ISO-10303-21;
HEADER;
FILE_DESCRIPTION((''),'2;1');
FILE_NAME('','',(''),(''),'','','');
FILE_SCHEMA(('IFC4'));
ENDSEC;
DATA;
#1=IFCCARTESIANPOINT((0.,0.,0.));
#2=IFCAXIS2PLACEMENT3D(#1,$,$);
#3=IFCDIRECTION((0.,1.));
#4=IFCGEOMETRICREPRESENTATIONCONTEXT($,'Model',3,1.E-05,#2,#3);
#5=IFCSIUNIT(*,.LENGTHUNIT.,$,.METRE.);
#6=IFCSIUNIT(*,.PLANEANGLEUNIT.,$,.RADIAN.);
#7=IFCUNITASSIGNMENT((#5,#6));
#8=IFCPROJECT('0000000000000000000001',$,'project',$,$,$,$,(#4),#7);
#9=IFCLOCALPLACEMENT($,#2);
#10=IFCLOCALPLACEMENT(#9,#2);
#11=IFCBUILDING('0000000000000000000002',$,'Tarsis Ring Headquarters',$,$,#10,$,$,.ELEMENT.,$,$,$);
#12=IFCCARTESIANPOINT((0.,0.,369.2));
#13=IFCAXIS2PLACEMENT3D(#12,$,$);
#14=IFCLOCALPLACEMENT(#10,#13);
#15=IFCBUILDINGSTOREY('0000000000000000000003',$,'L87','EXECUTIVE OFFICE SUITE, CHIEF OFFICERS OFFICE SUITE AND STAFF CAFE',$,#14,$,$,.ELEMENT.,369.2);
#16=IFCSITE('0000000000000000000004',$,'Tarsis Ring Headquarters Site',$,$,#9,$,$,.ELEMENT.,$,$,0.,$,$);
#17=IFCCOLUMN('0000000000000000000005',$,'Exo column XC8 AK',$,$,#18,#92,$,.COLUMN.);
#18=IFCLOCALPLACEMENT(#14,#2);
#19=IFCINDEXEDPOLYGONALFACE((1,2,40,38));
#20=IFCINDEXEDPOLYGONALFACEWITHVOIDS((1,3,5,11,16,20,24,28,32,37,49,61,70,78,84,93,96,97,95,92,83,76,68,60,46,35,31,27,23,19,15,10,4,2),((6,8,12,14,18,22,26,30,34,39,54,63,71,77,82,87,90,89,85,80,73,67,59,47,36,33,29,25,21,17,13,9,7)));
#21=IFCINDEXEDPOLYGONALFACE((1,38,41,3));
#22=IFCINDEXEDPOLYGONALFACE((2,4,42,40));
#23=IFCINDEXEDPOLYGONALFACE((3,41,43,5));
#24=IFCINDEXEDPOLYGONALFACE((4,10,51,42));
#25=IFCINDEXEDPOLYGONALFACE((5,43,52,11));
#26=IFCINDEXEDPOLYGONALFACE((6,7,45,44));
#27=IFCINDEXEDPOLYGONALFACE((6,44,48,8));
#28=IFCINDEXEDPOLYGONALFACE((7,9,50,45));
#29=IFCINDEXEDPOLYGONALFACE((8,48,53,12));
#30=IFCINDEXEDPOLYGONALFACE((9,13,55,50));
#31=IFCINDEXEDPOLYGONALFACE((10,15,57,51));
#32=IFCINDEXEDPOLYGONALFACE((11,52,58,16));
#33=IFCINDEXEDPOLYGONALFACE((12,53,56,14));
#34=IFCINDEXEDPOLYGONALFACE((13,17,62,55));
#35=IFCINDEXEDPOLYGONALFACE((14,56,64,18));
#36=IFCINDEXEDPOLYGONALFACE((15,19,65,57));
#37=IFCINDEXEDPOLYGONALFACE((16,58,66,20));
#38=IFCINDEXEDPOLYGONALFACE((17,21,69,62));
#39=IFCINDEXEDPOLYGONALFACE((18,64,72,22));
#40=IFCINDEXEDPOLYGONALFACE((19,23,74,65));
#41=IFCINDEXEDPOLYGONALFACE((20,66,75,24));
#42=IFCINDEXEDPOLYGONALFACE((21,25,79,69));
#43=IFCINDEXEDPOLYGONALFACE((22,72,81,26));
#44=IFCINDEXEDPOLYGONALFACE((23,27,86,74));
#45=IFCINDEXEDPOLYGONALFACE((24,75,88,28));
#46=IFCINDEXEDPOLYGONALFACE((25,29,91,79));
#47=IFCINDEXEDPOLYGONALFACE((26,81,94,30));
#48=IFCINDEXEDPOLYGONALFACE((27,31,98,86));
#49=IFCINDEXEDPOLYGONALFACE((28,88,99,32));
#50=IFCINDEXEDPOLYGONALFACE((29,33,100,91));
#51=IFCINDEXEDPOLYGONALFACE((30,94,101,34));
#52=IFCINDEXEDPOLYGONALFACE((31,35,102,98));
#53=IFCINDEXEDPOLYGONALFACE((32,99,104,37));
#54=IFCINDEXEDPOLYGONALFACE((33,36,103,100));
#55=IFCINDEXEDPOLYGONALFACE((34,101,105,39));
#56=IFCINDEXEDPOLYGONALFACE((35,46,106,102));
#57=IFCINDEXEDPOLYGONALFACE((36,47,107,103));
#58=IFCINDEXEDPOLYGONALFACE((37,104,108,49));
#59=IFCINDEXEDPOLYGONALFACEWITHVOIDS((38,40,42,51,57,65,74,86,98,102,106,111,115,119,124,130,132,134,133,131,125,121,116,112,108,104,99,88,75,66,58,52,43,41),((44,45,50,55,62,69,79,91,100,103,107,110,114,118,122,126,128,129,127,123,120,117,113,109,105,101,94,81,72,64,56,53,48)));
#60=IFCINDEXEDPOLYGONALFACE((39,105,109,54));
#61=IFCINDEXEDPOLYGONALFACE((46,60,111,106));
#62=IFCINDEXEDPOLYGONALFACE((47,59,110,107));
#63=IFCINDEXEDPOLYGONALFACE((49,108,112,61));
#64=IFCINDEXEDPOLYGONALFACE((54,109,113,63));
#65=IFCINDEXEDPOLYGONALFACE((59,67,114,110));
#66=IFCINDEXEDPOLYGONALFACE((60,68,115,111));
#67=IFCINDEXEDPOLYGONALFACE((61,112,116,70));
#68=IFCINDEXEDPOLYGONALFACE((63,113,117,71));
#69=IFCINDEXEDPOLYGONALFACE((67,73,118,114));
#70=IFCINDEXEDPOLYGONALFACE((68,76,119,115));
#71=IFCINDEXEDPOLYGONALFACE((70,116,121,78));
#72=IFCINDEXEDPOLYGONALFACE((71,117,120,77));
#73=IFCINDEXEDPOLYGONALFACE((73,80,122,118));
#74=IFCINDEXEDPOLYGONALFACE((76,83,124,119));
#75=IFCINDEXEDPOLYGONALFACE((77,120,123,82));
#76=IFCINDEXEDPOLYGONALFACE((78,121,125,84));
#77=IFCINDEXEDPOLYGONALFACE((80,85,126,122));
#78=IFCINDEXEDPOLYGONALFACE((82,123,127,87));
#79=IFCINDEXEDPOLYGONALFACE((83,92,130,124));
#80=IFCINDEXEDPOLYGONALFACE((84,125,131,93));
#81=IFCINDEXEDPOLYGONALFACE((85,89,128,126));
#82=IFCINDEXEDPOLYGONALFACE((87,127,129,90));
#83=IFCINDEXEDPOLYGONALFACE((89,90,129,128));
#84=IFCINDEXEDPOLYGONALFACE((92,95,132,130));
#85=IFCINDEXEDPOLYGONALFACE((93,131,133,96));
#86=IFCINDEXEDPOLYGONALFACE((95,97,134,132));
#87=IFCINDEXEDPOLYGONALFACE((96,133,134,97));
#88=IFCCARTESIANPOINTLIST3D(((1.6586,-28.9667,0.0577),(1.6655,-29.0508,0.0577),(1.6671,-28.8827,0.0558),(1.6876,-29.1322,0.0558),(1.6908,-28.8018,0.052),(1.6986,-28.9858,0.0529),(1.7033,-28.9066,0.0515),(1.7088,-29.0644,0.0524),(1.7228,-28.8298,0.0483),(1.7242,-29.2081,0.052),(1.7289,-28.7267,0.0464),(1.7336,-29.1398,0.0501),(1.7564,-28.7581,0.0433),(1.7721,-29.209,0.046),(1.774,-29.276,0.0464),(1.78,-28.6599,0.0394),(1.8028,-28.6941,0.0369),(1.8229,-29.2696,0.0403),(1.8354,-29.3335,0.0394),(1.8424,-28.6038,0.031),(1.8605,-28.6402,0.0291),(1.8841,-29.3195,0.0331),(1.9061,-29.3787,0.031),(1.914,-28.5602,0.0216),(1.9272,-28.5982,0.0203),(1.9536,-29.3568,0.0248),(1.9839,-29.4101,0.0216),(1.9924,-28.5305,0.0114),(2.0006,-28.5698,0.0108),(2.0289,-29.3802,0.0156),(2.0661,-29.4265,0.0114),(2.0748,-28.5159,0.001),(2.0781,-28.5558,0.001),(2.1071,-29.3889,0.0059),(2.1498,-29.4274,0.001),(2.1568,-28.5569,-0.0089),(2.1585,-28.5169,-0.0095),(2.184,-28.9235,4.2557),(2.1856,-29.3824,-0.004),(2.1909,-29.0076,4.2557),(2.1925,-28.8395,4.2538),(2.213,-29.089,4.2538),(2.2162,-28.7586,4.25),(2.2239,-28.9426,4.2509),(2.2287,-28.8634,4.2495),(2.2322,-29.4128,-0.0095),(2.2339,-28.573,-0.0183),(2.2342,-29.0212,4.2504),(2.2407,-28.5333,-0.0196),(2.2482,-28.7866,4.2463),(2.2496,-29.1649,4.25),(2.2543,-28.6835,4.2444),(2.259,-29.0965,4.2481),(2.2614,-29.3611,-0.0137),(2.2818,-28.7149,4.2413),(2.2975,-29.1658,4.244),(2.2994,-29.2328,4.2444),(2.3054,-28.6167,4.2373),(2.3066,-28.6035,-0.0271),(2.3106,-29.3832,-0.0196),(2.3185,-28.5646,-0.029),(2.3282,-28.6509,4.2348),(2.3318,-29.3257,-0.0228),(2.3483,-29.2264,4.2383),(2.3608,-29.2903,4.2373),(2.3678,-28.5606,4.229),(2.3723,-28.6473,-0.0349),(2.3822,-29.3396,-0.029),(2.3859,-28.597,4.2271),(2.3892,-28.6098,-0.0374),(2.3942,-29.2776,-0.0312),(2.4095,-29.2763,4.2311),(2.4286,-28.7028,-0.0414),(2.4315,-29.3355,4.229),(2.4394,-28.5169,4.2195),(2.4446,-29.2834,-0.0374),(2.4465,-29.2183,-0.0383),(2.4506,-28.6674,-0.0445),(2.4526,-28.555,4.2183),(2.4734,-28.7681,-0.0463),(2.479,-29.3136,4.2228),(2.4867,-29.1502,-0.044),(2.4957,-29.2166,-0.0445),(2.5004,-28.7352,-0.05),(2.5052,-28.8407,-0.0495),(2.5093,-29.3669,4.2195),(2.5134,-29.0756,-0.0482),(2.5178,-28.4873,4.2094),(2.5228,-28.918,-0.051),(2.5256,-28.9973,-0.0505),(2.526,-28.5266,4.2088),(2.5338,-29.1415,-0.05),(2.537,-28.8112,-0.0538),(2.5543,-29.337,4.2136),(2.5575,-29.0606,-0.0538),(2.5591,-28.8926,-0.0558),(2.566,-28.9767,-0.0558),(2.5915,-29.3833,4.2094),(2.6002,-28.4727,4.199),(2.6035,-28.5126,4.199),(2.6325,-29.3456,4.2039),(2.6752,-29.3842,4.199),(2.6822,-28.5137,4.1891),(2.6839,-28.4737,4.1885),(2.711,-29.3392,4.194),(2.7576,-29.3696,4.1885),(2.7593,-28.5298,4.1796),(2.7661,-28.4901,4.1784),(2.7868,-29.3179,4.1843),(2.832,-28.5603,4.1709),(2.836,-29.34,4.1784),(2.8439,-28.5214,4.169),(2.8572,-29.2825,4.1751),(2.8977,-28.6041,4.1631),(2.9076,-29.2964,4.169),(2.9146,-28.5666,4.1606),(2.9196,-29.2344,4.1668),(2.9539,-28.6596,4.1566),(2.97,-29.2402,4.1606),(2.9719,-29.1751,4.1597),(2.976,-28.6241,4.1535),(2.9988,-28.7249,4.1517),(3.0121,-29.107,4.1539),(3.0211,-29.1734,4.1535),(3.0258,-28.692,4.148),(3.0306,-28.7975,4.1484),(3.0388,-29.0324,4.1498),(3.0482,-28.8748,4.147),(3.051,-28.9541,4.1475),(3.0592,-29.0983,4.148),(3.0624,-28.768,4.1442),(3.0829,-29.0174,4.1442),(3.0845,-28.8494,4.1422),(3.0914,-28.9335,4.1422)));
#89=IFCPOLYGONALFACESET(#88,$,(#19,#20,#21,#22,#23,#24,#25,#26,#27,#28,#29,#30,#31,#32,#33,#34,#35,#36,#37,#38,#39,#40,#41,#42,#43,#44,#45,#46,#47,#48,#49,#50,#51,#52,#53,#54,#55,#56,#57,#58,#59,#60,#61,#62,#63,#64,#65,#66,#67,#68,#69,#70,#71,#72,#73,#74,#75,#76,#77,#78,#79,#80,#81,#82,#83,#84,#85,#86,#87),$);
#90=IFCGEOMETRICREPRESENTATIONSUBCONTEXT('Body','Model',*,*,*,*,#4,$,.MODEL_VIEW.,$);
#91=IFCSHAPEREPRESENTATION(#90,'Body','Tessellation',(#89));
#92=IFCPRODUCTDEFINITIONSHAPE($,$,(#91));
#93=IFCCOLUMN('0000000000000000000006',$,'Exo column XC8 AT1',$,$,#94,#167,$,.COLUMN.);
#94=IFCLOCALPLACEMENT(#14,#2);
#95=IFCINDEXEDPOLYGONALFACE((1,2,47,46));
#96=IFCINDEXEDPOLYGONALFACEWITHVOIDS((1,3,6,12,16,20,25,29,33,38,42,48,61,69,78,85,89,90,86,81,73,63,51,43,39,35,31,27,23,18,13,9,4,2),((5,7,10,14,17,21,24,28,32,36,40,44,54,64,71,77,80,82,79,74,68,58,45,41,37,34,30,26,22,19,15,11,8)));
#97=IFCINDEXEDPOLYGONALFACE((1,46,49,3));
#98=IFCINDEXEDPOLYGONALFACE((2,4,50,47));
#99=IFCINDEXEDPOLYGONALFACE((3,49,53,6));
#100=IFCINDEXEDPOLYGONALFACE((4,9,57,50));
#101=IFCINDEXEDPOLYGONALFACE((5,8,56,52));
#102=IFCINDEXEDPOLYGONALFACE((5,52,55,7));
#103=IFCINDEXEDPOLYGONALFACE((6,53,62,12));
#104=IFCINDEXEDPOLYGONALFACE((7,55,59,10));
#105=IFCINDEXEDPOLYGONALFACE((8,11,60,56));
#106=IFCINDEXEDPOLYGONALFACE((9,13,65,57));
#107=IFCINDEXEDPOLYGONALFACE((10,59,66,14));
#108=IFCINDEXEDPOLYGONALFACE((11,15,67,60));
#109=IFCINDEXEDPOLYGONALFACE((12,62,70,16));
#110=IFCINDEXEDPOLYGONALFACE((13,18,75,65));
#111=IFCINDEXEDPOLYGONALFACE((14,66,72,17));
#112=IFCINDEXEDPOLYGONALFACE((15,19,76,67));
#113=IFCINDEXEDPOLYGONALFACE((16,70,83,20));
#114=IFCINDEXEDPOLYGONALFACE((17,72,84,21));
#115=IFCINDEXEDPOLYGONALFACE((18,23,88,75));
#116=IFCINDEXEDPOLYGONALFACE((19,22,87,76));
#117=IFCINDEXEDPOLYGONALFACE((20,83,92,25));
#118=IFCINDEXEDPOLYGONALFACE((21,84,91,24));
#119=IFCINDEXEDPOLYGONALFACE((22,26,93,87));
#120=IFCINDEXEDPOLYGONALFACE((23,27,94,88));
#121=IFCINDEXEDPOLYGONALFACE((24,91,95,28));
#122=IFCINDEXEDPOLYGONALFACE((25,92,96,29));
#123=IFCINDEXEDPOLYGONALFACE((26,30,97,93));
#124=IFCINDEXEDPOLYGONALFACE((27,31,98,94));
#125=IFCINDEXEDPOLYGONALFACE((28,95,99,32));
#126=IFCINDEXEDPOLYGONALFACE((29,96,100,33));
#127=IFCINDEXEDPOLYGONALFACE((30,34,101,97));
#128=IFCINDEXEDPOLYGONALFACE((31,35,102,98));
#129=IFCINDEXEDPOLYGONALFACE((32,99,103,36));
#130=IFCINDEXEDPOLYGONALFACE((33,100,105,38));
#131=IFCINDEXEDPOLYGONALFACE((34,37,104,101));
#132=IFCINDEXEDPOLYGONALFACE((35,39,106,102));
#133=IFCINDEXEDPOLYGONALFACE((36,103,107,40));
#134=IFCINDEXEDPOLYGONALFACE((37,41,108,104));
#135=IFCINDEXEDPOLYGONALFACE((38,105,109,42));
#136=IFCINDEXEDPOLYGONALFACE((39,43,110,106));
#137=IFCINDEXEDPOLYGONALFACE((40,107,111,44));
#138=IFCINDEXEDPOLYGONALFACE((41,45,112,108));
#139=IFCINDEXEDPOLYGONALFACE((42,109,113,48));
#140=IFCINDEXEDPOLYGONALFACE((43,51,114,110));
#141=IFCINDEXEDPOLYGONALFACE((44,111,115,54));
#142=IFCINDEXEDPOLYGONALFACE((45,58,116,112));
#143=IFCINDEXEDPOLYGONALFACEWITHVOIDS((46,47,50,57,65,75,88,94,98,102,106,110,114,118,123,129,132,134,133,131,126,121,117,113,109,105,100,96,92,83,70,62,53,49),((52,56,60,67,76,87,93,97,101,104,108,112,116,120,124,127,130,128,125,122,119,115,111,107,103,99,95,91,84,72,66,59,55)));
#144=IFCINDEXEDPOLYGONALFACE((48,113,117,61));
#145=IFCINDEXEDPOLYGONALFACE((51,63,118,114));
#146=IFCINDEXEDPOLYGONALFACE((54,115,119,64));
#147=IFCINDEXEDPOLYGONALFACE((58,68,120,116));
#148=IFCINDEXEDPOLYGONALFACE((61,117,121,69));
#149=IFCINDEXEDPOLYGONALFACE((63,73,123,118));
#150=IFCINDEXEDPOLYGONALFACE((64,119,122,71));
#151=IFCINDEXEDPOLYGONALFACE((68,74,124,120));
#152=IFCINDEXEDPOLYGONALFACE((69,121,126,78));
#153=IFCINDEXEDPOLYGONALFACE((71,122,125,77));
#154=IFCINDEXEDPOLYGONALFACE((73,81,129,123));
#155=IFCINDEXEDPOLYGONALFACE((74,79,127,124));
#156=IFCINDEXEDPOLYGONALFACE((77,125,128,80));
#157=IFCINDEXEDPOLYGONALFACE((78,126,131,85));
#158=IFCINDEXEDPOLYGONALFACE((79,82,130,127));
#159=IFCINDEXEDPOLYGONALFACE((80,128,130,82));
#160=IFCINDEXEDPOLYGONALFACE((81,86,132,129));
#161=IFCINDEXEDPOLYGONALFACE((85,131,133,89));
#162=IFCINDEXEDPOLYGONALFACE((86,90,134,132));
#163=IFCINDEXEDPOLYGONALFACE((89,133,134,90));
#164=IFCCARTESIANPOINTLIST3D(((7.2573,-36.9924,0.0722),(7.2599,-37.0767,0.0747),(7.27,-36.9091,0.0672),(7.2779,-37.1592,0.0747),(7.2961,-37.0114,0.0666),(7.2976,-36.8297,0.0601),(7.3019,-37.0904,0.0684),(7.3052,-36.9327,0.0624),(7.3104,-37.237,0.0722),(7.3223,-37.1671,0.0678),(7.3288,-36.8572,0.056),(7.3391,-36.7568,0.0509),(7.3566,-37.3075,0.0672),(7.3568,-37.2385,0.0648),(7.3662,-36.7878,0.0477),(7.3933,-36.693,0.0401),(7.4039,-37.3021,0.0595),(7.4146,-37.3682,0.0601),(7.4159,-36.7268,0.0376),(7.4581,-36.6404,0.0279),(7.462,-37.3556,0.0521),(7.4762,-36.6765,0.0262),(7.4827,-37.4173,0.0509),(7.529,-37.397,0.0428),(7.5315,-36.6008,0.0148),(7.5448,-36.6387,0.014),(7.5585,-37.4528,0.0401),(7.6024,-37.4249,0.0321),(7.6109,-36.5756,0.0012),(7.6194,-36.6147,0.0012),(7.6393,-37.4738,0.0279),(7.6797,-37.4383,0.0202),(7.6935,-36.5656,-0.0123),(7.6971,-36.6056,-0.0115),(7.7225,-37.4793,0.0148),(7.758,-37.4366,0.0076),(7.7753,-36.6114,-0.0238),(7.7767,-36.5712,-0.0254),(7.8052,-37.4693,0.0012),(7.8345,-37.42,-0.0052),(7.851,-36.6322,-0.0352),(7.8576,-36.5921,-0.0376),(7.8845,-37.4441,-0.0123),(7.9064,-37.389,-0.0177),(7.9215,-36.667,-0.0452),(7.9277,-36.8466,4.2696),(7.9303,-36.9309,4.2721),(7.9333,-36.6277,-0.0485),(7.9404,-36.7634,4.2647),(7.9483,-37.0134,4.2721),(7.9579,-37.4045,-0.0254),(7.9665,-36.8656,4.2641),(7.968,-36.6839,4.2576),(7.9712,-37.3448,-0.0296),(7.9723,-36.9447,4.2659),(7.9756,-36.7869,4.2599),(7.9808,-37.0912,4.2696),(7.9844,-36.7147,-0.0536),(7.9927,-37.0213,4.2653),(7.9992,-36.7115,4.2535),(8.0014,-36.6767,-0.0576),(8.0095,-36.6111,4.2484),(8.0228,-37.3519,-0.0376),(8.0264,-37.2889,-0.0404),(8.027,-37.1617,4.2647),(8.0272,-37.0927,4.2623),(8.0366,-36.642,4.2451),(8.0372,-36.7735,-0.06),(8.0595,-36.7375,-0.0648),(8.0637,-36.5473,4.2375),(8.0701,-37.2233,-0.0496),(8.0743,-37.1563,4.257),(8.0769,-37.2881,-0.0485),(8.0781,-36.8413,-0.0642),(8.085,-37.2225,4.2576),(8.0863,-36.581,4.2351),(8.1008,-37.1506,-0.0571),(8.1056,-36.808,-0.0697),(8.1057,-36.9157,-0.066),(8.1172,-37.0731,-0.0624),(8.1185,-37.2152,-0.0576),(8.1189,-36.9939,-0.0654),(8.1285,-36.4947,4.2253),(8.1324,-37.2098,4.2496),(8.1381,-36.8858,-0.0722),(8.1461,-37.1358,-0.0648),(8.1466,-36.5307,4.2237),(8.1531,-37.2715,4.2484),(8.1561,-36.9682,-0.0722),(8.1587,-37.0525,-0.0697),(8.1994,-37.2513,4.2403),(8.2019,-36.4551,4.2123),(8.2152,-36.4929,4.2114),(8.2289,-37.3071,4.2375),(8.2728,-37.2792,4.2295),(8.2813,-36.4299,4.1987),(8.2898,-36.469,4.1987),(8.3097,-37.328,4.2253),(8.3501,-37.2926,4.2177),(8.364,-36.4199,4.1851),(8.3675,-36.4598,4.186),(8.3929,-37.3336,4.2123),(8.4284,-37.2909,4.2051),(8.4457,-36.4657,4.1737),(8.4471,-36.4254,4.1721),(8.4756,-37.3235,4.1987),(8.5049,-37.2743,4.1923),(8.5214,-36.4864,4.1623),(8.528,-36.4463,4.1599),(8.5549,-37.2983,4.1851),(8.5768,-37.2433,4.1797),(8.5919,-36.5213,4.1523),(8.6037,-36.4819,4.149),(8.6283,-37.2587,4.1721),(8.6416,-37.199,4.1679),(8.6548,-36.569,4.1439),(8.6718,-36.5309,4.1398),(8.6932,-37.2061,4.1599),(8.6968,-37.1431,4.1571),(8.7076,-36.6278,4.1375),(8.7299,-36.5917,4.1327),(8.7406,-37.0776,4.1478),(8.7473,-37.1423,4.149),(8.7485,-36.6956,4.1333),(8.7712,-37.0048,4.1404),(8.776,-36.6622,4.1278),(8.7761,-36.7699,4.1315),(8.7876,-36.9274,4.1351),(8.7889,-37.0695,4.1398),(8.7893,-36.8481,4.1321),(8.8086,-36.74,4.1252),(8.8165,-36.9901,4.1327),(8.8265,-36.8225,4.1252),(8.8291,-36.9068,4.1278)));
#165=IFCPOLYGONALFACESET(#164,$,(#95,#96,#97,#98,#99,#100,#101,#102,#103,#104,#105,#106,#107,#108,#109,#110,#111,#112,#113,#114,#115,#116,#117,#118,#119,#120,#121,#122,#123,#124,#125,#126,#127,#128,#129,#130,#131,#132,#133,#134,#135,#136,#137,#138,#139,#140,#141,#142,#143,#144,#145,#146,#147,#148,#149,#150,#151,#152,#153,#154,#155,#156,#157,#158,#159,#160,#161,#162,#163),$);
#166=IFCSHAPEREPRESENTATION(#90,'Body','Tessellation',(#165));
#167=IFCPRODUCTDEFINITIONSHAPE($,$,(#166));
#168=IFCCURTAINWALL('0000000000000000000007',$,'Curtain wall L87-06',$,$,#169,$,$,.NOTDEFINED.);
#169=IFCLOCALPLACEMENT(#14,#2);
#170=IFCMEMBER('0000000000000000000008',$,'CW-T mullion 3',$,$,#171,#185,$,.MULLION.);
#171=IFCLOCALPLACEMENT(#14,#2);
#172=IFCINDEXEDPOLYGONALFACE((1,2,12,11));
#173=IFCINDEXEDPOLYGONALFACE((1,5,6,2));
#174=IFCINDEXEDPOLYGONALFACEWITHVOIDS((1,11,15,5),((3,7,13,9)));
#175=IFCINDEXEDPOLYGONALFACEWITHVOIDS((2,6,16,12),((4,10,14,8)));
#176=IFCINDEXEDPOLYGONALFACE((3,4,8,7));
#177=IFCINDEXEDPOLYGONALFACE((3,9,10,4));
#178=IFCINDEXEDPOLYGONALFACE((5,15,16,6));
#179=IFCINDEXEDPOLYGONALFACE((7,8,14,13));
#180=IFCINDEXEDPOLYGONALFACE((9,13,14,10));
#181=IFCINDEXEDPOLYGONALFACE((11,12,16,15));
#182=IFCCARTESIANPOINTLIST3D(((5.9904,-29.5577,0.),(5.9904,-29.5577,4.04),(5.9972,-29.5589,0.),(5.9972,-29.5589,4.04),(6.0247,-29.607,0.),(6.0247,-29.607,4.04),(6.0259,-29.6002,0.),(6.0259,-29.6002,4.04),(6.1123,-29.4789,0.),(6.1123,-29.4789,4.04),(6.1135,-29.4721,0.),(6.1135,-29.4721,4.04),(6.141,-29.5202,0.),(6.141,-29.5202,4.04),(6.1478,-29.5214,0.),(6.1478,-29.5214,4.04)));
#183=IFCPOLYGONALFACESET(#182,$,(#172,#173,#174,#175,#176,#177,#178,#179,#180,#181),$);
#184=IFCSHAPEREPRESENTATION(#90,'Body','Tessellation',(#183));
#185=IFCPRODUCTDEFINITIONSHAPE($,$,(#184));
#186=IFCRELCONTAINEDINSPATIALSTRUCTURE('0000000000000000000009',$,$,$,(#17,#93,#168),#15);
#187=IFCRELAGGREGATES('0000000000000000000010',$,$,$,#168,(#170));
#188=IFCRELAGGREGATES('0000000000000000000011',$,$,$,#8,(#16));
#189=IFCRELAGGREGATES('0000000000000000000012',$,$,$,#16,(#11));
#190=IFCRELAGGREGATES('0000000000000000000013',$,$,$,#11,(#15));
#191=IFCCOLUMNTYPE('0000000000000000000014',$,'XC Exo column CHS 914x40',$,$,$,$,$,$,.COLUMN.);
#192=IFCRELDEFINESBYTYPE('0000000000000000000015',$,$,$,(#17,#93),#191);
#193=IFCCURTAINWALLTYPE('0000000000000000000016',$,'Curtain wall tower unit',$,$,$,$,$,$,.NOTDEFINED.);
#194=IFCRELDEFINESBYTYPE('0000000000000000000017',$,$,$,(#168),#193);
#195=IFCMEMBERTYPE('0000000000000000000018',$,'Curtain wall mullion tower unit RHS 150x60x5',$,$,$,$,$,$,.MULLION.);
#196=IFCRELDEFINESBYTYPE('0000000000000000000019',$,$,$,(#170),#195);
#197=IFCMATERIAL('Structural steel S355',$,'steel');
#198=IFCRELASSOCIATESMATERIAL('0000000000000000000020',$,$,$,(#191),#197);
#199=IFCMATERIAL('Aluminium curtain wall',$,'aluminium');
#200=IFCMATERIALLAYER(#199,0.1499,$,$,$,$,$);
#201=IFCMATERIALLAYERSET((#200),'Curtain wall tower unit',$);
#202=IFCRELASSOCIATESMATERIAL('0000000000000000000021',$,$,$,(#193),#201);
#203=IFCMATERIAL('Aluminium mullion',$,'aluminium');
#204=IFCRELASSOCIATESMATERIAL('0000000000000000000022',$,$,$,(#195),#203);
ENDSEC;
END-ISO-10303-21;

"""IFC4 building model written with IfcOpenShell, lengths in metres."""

from ifc_helpers import new_model, si_unit, direction, frame, origin, origin_2d, place, context, subcontext, project, spatial, hollow_rectangle, hollow_circle, extrude, material, layer, layer_set, material_profile, profile_set, type_object, element, aggregate, save


model = new_model("IFC4")

# Units and contexts
model_context = context("Model", 3, precision=1e-05, world=origin(), true_north=direction((0.0, 1.0)))
body_context = subcontext(model_context, "Body", "Model", "MODEL_VIEW")
ifc_project = project(units=[si_unit("LENGTHUNIT", "METRE"), si_unit("PLANEANGLEUNIT", "RADIAN")], contexts=[model_context])

# Site, building, storey
site_placement = place(None, origin())
site = spatial("IfcSite", under=ifc_project, at=site_placement, Name="Tarsis Ring Headquarters Site", CompositionType="ELEMENT", RefElevation=0.0)
building_placement = place(site_placement, origin())
building = spatial("IfcBuilding", under=site, at=building_placement, Name="Tarsis Ring Headquarters", CompositionType="ELEMENT")
storey_placement = place(building_placement, frame((0.0, 0.0, 369.2)))
storey = spatial("IfcBuildingStorey", under=building, at=storey_placement, Name="L87", Description="EXECUTIVE OFFICE SUITE, CHIEF OFFICERS OFFICE SUITE AND STAFF CAFE", CompositionType="ELEMENT", Elevation=369.2)

# Columns
ifc_material_1 = material(Name="Structural steel S355", Category="steel")
ifc_material_profile_1 = material_profile(ifc_material_1, hollow_circle(Radius=0.457, WallThickness=0.04, at=origin_2d()), Name="CHS 914x40")
ifc_profile_set_1 = profile_set([ifc_material_profile_1], Name="Structural steel S355")
column_type = type_object("IfcColumnType", Name="XC Exo column CHS 914x40", PredefinedType="COLUMN", material=ifc_profile_set_1)
column_1_placement = place(storey_placement, frame((2.1123, -28.9717, 0.001), z_axis=(0.124177, 0.010213, 0.992207), x_axis=(-0.081972, 0.996635, 0.0)))
element("IfcColumn", 1, at=column_1_placement, inside=storey, type_object=column_type, Name="Exo column XC8 AK", PredefinedType="COLUMN", context=body_context, shape_type="SweptSolid", body=[
    extrude(hollow_circle(Radius=0.4573, WallThickness=0.04, at=origin_2d()), origin(), (0.0, 0.0, 1.0), 4.231),
])
column_2_placement = place(storey_placement, frame((7.708, -37.0225, 0.0012), z_axis=(0.157625, 0.034269, 0.986904), x_axis=(-0.212444, 0.977173, 0.0)))
element("IfcColumn", 2, at=column_2_placement, inside=storey, type_object=column_type, Name="Exo column XC8 AT1", PredefinedType="COLUMN", context=body_context, shape_type="SweptSolid", body=[
    extrude(hollow_circle(Radius=0.4573, WallThickness=0.04, at=origin_2d()), origin(), (0.0, 0.0, 1.0), 4.2532),
])

# Curtain wall, member
ifc_material_2 = material(Name="Aluminium curtain wall", Category="aluminium")
ifc_layer_1 = layer(ifc_material_2, 0.1499)
ifc_layer_set_1 = layer_set([ifc_layer_1], Name="Curtain wall tower unit")
curtain_wall_type = type_object("IfcCurtainWallType", Name="Curtain wall tower unit", PredefinedType="NOTDEFINED", material=ifc_layer_set_1)
curtain_wall_placement = place(storey_placement, origin())
curtain_wall = element("IfcCurtainWall", 3, at=curtain_wall_placement, inside=storey, type_object=curtain_wall_type, Name="Curtain wall L87-06", PredefinedType="NOTDEFINED")
ifc_material_3 = material(Name="Aluminium mullion", Category="aluminium")
ifc_material_profile_2 = material_profile(ifc_material_3, hollow_rectangle(XDim=0.1499, YDim=0.0601, WallThickness=0.0049, at=origin_2d()), Name="RHS 150x60x5")
ifc_profile_set_2 = profile_set([ifc_material_profile_2], Name="Aluminium mullion")
member_type = type_object("IfcMemberType", Name="Curtain wall mullion tower unit RHS 150x60x5", PredefinedType="MULLION", material=ifc_profile_set_2)
member_placement = place(storey_placement, frame((6.0691, -29.5396, 0.0), z_axis=(0.0, 0.0, 1.0), x_axis=(0.821149, 0.570714, 0.0)))
member = element("IfcMember", 4, at=member_placement, type_object=member_type, Name="CW-T mullion 3", PredefinedType="MULLION", context=body_context, shape_type="SweptSolid", body=[
    extrude(hollow_rectangle(XDim=0.1499, YDim=0.0601, WallThickness=0.0049, at=origin_2d()), origin(), (0.0, 0.0, 1.0), 4.04),
])
aggregate(curtain_wall, [member])

save(model, "model.ifc")
